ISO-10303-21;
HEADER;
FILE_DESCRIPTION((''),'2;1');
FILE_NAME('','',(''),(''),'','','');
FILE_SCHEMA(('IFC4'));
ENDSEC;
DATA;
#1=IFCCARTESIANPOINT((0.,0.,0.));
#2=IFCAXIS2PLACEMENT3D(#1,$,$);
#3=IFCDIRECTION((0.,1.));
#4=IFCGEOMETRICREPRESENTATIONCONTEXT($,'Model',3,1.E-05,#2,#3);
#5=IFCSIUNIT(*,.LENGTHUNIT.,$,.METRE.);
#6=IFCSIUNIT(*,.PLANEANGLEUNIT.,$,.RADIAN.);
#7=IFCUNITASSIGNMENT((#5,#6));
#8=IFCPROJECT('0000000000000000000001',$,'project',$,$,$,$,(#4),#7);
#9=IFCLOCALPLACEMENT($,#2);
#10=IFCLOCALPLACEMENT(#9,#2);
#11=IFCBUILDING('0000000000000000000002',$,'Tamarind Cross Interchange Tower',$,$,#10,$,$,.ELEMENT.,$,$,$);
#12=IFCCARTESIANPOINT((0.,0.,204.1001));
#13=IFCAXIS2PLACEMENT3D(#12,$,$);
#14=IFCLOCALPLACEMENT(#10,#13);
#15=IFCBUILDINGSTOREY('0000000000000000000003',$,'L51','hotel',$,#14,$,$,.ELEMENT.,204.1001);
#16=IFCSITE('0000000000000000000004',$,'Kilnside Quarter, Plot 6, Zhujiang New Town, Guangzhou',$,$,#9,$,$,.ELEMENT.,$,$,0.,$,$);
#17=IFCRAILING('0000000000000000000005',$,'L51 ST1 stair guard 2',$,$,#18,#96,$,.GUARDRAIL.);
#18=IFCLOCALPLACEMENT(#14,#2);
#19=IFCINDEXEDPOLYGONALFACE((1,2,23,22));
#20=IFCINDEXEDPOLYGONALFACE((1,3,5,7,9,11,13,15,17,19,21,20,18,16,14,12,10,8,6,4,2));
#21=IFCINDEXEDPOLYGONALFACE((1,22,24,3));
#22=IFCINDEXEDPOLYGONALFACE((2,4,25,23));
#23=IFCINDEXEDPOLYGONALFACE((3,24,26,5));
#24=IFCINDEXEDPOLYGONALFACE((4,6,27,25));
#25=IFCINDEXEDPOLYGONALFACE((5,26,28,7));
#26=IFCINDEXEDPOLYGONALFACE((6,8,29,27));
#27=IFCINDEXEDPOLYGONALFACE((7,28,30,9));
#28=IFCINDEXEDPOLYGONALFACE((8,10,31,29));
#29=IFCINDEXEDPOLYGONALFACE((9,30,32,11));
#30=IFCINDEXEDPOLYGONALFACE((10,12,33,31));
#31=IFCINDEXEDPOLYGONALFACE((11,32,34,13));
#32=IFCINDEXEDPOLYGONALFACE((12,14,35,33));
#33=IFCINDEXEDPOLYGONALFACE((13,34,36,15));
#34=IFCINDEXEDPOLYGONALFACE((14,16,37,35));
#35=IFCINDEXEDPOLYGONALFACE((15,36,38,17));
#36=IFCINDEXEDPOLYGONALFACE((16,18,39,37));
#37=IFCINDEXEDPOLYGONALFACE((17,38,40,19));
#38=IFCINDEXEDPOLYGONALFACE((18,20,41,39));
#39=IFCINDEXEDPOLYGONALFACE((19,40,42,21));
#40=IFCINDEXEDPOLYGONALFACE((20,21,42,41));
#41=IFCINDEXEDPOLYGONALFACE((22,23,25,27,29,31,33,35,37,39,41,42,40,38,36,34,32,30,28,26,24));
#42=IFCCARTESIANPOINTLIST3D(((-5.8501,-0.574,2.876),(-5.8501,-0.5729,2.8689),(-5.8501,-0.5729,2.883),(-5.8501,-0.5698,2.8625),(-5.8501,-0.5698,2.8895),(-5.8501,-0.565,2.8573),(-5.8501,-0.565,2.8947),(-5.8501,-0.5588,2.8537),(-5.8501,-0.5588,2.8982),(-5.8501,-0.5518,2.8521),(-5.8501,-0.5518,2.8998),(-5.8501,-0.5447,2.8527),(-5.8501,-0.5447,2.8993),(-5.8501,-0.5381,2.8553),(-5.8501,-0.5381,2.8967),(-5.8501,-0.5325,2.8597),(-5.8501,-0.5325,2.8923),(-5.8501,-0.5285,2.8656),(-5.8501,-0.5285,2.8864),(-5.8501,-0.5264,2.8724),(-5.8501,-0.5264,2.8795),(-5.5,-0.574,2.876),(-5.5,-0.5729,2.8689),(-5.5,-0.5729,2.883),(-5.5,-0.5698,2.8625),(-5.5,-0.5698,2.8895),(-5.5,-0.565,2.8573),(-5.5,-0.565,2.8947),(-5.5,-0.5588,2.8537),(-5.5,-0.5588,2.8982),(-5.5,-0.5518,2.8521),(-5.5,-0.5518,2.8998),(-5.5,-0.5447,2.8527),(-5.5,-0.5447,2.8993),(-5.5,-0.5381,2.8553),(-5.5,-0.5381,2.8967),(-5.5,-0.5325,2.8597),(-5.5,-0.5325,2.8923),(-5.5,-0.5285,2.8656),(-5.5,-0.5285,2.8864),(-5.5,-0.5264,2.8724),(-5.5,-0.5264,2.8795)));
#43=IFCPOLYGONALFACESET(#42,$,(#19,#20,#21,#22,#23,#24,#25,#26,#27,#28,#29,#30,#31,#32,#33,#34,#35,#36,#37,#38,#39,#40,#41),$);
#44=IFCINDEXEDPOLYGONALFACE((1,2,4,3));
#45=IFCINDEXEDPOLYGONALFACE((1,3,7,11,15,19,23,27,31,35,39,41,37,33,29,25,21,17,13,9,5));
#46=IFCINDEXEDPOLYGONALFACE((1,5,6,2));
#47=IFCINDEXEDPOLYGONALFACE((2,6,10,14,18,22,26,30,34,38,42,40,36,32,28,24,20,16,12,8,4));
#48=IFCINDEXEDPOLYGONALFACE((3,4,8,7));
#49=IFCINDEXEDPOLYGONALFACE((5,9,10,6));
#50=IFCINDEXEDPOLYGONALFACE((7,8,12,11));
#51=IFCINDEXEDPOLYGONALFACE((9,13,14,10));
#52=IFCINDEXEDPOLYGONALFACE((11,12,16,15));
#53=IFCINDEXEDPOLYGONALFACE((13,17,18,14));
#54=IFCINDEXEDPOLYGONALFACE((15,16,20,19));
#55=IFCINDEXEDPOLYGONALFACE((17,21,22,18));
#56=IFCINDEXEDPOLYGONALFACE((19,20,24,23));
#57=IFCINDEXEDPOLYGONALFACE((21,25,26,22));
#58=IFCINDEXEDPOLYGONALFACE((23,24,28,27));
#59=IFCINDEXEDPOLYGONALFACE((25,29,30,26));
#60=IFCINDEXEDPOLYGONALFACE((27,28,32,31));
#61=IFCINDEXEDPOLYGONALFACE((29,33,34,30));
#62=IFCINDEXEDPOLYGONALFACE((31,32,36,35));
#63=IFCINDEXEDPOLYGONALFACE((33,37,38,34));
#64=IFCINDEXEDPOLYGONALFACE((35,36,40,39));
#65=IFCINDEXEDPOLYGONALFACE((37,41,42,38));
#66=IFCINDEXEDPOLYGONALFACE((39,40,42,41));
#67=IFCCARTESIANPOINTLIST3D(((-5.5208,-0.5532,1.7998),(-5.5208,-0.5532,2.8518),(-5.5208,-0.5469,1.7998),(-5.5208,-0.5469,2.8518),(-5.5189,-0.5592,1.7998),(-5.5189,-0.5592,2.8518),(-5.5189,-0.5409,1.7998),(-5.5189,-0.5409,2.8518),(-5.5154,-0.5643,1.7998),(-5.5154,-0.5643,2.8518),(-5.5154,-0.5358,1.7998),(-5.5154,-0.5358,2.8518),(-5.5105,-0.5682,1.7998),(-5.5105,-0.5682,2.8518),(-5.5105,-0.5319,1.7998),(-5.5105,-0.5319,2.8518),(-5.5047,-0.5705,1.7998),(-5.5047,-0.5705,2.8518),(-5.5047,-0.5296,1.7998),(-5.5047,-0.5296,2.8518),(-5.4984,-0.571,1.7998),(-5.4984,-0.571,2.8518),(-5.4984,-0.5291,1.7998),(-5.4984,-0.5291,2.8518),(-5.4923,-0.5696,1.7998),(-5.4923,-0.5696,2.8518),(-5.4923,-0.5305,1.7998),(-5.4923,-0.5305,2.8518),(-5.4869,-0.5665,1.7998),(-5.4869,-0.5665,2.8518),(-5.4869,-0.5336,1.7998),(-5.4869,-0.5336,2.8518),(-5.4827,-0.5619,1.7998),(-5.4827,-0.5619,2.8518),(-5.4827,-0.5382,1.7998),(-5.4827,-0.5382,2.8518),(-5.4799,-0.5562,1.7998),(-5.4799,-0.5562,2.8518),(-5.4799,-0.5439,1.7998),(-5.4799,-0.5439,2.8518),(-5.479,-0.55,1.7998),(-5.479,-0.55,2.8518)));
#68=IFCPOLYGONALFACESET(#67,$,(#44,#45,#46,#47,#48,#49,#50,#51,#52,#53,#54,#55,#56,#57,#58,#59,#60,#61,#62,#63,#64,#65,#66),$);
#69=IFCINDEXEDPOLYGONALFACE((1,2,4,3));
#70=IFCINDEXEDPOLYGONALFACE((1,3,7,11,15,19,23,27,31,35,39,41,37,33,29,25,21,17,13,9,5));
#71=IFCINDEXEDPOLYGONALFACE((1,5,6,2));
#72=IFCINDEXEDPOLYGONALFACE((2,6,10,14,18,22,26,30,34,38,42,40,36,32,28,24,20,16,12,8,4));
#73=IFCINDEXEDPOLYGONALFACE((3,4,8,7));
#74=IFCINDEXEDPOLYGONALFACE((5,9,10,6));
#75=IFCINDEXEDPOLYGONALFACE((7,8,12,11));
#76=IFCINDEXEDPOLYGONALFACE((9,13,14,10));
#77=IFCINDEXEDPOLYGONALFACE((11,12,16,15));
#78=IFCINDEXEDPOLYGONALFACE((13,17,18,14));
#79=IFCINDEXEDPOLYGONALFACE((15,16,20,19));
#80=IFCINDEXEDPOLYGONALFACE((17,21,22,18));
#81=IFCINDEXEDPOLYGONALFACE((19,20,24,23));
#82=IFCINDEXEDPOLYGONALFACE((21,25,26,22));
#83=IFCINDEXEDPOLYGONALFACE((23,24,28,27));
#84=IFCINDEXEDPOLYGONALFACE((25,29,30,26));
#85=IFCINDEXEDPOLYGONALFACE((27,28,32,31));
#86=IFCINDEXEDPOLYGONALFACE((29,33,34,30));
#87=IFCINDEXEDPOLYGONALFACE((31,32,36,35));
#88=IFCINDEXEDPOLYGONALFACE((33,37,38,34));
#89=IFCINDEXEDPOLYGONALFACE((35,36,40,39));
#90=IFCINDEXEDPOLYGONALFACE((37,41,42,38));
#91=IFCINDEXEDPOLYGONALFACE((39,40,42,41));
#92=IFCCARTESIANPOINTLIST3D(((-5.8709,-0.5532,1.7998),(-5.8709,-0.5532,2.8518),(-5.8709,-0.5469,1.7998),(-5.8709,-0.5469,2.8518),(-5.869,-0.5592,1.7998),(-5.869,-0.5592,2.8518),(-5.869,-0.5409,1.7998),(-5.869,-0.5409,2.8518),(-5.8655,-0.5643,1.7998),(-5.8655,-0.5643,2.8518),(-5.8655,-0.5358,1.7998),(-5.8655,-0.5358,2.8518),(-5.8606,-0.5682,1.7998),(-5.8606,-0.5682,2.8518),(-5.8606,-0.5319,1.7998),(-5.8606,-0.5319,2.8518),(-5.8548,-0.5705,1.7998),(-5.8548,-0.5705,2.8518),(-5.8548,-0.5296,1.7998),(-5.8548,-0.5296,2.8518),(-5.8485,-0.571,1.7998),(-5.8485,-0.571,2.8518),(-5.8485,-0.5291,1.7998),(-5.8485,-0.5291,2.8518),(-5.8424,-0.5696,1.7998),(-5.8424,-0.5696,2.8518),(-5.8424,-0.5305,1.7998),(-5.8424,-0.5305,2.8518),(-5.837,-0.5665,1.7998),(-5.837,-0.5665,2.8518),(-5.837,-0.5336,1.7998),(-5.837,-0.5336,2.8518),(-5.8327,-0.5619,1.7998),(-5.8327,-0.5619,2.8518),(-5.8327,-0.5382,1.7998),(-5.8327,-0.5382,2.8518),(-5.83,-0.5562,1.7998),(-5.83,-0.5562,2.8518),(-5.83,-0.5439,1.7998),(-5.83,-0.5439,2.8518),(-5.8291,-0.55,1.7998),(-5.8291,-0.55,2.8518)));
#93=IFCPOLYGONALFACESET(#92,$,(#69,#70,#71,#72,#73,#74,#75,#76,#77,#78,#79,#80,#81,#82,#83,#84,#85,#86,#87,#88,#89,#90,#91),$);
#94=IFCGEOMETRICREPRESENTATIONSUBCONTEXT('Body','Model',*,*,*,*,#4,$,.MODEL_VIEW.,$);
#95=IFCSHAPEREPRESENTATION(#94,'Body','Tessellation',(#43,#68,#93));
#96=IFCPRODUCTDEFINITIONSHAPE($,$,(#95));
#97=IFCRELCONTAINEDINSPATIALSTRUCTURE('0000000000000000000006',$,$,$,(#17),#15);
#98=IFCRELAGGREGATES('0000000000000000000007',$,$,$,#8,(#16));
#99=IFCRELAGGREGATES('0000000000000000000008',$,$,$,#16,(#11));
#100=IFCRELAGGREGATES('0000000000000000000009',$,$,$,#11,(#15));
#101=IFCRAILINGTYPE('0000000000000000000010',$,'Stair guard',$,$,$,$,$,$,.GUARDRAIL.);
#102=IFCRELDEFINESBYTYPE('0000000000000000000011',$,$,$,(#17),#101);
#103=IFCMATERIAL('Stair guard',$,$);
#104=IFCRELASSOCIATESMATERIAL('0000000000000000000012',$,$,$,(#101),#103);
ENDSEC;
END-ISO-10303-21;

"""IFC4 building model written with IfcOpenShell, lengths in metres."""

from ifc_helpers import new_model, si_unit, direction, frame, origin, origin_2d, place, context, subcontext, project, spatial, circle, extrude, material, type_object, element, save


model = new_model("IFC4")

# Units and contexts
model_context = context("Model", 3, precision=1e-05, world=origin(), true_north=direction((0.0, 1.0)))
body_context = subcontext(model_context, "Body", "Model", "MODEL_VIEW")
ifc_project = project(units=[si_unit("LENGTHUNIT", "METRE"), si_unit("PLANEANGLEUNIT", "RADIAN")], contexts=[model_context])

# Site, building, storey
site_placement = place(None, origin())
site = spatial("IfcSite", under=ifc_project, at=site_placement, Name="Kilnside Quarter, Plot 6, Zhujiang New Town, Guangzhou", CompositionType="ELEMENT", RefElevation=0.0)
building_placement = place(site_placement, origin())
building = spatial("IfcBuilding", under=site, at=building_placement, Name="Tamarind Cross Interchange Tower", CompositionType="ELEMENT")
storey_placement = place(building_placement, frame((0.0, 0.0, 204.1001)))
storey = spatial("IfcBuildingStorey", under=building, at=storey_placement, Name="L51", Description="hotel", CompositionType="ELEMENT", Elevation=204.1001)

# Railing
ifc_material_1 = material(Name="Stair guard")
railing_type_1 = type_object("IfcRailingType", Name="Stair guard", PredefinedType="GUARDRAIL", material=ifc_material_1)
railing_1_placement = place(storey_placement, frame((-5.5, -0.55, 1.7998)))
element("IfcRailing", 1, at=railing_1_placement, inside=storey, type_object=railing_type_1, Name="L51 ST1 stair guard 2", PredefinedType="GUARDRAIL", context=body_context, shape_type="SweptSolid", body=[
    extrude(circle(Radius=0.0239, at=origin_2d()), frame((0.0, 0.0, 1.0762), z_axis=(-1.0, 0.0, 0.0), x_axis=(0.0, -1.0, 0.0)), (0.0, 0.0, 1.0), 0.3501),
    extrude(circle(Radius=0.021, at=origin_2d()), origin(), (0.0, 0.0, 1.0), 1.052),
    extrude(circle(Radius=0.021, at=origin_2d()), frame((-0.3501, 0.0, 0.0)), (0.0, 0.0, 1.0), 1.052),
])

save(model, "model.ifc")
